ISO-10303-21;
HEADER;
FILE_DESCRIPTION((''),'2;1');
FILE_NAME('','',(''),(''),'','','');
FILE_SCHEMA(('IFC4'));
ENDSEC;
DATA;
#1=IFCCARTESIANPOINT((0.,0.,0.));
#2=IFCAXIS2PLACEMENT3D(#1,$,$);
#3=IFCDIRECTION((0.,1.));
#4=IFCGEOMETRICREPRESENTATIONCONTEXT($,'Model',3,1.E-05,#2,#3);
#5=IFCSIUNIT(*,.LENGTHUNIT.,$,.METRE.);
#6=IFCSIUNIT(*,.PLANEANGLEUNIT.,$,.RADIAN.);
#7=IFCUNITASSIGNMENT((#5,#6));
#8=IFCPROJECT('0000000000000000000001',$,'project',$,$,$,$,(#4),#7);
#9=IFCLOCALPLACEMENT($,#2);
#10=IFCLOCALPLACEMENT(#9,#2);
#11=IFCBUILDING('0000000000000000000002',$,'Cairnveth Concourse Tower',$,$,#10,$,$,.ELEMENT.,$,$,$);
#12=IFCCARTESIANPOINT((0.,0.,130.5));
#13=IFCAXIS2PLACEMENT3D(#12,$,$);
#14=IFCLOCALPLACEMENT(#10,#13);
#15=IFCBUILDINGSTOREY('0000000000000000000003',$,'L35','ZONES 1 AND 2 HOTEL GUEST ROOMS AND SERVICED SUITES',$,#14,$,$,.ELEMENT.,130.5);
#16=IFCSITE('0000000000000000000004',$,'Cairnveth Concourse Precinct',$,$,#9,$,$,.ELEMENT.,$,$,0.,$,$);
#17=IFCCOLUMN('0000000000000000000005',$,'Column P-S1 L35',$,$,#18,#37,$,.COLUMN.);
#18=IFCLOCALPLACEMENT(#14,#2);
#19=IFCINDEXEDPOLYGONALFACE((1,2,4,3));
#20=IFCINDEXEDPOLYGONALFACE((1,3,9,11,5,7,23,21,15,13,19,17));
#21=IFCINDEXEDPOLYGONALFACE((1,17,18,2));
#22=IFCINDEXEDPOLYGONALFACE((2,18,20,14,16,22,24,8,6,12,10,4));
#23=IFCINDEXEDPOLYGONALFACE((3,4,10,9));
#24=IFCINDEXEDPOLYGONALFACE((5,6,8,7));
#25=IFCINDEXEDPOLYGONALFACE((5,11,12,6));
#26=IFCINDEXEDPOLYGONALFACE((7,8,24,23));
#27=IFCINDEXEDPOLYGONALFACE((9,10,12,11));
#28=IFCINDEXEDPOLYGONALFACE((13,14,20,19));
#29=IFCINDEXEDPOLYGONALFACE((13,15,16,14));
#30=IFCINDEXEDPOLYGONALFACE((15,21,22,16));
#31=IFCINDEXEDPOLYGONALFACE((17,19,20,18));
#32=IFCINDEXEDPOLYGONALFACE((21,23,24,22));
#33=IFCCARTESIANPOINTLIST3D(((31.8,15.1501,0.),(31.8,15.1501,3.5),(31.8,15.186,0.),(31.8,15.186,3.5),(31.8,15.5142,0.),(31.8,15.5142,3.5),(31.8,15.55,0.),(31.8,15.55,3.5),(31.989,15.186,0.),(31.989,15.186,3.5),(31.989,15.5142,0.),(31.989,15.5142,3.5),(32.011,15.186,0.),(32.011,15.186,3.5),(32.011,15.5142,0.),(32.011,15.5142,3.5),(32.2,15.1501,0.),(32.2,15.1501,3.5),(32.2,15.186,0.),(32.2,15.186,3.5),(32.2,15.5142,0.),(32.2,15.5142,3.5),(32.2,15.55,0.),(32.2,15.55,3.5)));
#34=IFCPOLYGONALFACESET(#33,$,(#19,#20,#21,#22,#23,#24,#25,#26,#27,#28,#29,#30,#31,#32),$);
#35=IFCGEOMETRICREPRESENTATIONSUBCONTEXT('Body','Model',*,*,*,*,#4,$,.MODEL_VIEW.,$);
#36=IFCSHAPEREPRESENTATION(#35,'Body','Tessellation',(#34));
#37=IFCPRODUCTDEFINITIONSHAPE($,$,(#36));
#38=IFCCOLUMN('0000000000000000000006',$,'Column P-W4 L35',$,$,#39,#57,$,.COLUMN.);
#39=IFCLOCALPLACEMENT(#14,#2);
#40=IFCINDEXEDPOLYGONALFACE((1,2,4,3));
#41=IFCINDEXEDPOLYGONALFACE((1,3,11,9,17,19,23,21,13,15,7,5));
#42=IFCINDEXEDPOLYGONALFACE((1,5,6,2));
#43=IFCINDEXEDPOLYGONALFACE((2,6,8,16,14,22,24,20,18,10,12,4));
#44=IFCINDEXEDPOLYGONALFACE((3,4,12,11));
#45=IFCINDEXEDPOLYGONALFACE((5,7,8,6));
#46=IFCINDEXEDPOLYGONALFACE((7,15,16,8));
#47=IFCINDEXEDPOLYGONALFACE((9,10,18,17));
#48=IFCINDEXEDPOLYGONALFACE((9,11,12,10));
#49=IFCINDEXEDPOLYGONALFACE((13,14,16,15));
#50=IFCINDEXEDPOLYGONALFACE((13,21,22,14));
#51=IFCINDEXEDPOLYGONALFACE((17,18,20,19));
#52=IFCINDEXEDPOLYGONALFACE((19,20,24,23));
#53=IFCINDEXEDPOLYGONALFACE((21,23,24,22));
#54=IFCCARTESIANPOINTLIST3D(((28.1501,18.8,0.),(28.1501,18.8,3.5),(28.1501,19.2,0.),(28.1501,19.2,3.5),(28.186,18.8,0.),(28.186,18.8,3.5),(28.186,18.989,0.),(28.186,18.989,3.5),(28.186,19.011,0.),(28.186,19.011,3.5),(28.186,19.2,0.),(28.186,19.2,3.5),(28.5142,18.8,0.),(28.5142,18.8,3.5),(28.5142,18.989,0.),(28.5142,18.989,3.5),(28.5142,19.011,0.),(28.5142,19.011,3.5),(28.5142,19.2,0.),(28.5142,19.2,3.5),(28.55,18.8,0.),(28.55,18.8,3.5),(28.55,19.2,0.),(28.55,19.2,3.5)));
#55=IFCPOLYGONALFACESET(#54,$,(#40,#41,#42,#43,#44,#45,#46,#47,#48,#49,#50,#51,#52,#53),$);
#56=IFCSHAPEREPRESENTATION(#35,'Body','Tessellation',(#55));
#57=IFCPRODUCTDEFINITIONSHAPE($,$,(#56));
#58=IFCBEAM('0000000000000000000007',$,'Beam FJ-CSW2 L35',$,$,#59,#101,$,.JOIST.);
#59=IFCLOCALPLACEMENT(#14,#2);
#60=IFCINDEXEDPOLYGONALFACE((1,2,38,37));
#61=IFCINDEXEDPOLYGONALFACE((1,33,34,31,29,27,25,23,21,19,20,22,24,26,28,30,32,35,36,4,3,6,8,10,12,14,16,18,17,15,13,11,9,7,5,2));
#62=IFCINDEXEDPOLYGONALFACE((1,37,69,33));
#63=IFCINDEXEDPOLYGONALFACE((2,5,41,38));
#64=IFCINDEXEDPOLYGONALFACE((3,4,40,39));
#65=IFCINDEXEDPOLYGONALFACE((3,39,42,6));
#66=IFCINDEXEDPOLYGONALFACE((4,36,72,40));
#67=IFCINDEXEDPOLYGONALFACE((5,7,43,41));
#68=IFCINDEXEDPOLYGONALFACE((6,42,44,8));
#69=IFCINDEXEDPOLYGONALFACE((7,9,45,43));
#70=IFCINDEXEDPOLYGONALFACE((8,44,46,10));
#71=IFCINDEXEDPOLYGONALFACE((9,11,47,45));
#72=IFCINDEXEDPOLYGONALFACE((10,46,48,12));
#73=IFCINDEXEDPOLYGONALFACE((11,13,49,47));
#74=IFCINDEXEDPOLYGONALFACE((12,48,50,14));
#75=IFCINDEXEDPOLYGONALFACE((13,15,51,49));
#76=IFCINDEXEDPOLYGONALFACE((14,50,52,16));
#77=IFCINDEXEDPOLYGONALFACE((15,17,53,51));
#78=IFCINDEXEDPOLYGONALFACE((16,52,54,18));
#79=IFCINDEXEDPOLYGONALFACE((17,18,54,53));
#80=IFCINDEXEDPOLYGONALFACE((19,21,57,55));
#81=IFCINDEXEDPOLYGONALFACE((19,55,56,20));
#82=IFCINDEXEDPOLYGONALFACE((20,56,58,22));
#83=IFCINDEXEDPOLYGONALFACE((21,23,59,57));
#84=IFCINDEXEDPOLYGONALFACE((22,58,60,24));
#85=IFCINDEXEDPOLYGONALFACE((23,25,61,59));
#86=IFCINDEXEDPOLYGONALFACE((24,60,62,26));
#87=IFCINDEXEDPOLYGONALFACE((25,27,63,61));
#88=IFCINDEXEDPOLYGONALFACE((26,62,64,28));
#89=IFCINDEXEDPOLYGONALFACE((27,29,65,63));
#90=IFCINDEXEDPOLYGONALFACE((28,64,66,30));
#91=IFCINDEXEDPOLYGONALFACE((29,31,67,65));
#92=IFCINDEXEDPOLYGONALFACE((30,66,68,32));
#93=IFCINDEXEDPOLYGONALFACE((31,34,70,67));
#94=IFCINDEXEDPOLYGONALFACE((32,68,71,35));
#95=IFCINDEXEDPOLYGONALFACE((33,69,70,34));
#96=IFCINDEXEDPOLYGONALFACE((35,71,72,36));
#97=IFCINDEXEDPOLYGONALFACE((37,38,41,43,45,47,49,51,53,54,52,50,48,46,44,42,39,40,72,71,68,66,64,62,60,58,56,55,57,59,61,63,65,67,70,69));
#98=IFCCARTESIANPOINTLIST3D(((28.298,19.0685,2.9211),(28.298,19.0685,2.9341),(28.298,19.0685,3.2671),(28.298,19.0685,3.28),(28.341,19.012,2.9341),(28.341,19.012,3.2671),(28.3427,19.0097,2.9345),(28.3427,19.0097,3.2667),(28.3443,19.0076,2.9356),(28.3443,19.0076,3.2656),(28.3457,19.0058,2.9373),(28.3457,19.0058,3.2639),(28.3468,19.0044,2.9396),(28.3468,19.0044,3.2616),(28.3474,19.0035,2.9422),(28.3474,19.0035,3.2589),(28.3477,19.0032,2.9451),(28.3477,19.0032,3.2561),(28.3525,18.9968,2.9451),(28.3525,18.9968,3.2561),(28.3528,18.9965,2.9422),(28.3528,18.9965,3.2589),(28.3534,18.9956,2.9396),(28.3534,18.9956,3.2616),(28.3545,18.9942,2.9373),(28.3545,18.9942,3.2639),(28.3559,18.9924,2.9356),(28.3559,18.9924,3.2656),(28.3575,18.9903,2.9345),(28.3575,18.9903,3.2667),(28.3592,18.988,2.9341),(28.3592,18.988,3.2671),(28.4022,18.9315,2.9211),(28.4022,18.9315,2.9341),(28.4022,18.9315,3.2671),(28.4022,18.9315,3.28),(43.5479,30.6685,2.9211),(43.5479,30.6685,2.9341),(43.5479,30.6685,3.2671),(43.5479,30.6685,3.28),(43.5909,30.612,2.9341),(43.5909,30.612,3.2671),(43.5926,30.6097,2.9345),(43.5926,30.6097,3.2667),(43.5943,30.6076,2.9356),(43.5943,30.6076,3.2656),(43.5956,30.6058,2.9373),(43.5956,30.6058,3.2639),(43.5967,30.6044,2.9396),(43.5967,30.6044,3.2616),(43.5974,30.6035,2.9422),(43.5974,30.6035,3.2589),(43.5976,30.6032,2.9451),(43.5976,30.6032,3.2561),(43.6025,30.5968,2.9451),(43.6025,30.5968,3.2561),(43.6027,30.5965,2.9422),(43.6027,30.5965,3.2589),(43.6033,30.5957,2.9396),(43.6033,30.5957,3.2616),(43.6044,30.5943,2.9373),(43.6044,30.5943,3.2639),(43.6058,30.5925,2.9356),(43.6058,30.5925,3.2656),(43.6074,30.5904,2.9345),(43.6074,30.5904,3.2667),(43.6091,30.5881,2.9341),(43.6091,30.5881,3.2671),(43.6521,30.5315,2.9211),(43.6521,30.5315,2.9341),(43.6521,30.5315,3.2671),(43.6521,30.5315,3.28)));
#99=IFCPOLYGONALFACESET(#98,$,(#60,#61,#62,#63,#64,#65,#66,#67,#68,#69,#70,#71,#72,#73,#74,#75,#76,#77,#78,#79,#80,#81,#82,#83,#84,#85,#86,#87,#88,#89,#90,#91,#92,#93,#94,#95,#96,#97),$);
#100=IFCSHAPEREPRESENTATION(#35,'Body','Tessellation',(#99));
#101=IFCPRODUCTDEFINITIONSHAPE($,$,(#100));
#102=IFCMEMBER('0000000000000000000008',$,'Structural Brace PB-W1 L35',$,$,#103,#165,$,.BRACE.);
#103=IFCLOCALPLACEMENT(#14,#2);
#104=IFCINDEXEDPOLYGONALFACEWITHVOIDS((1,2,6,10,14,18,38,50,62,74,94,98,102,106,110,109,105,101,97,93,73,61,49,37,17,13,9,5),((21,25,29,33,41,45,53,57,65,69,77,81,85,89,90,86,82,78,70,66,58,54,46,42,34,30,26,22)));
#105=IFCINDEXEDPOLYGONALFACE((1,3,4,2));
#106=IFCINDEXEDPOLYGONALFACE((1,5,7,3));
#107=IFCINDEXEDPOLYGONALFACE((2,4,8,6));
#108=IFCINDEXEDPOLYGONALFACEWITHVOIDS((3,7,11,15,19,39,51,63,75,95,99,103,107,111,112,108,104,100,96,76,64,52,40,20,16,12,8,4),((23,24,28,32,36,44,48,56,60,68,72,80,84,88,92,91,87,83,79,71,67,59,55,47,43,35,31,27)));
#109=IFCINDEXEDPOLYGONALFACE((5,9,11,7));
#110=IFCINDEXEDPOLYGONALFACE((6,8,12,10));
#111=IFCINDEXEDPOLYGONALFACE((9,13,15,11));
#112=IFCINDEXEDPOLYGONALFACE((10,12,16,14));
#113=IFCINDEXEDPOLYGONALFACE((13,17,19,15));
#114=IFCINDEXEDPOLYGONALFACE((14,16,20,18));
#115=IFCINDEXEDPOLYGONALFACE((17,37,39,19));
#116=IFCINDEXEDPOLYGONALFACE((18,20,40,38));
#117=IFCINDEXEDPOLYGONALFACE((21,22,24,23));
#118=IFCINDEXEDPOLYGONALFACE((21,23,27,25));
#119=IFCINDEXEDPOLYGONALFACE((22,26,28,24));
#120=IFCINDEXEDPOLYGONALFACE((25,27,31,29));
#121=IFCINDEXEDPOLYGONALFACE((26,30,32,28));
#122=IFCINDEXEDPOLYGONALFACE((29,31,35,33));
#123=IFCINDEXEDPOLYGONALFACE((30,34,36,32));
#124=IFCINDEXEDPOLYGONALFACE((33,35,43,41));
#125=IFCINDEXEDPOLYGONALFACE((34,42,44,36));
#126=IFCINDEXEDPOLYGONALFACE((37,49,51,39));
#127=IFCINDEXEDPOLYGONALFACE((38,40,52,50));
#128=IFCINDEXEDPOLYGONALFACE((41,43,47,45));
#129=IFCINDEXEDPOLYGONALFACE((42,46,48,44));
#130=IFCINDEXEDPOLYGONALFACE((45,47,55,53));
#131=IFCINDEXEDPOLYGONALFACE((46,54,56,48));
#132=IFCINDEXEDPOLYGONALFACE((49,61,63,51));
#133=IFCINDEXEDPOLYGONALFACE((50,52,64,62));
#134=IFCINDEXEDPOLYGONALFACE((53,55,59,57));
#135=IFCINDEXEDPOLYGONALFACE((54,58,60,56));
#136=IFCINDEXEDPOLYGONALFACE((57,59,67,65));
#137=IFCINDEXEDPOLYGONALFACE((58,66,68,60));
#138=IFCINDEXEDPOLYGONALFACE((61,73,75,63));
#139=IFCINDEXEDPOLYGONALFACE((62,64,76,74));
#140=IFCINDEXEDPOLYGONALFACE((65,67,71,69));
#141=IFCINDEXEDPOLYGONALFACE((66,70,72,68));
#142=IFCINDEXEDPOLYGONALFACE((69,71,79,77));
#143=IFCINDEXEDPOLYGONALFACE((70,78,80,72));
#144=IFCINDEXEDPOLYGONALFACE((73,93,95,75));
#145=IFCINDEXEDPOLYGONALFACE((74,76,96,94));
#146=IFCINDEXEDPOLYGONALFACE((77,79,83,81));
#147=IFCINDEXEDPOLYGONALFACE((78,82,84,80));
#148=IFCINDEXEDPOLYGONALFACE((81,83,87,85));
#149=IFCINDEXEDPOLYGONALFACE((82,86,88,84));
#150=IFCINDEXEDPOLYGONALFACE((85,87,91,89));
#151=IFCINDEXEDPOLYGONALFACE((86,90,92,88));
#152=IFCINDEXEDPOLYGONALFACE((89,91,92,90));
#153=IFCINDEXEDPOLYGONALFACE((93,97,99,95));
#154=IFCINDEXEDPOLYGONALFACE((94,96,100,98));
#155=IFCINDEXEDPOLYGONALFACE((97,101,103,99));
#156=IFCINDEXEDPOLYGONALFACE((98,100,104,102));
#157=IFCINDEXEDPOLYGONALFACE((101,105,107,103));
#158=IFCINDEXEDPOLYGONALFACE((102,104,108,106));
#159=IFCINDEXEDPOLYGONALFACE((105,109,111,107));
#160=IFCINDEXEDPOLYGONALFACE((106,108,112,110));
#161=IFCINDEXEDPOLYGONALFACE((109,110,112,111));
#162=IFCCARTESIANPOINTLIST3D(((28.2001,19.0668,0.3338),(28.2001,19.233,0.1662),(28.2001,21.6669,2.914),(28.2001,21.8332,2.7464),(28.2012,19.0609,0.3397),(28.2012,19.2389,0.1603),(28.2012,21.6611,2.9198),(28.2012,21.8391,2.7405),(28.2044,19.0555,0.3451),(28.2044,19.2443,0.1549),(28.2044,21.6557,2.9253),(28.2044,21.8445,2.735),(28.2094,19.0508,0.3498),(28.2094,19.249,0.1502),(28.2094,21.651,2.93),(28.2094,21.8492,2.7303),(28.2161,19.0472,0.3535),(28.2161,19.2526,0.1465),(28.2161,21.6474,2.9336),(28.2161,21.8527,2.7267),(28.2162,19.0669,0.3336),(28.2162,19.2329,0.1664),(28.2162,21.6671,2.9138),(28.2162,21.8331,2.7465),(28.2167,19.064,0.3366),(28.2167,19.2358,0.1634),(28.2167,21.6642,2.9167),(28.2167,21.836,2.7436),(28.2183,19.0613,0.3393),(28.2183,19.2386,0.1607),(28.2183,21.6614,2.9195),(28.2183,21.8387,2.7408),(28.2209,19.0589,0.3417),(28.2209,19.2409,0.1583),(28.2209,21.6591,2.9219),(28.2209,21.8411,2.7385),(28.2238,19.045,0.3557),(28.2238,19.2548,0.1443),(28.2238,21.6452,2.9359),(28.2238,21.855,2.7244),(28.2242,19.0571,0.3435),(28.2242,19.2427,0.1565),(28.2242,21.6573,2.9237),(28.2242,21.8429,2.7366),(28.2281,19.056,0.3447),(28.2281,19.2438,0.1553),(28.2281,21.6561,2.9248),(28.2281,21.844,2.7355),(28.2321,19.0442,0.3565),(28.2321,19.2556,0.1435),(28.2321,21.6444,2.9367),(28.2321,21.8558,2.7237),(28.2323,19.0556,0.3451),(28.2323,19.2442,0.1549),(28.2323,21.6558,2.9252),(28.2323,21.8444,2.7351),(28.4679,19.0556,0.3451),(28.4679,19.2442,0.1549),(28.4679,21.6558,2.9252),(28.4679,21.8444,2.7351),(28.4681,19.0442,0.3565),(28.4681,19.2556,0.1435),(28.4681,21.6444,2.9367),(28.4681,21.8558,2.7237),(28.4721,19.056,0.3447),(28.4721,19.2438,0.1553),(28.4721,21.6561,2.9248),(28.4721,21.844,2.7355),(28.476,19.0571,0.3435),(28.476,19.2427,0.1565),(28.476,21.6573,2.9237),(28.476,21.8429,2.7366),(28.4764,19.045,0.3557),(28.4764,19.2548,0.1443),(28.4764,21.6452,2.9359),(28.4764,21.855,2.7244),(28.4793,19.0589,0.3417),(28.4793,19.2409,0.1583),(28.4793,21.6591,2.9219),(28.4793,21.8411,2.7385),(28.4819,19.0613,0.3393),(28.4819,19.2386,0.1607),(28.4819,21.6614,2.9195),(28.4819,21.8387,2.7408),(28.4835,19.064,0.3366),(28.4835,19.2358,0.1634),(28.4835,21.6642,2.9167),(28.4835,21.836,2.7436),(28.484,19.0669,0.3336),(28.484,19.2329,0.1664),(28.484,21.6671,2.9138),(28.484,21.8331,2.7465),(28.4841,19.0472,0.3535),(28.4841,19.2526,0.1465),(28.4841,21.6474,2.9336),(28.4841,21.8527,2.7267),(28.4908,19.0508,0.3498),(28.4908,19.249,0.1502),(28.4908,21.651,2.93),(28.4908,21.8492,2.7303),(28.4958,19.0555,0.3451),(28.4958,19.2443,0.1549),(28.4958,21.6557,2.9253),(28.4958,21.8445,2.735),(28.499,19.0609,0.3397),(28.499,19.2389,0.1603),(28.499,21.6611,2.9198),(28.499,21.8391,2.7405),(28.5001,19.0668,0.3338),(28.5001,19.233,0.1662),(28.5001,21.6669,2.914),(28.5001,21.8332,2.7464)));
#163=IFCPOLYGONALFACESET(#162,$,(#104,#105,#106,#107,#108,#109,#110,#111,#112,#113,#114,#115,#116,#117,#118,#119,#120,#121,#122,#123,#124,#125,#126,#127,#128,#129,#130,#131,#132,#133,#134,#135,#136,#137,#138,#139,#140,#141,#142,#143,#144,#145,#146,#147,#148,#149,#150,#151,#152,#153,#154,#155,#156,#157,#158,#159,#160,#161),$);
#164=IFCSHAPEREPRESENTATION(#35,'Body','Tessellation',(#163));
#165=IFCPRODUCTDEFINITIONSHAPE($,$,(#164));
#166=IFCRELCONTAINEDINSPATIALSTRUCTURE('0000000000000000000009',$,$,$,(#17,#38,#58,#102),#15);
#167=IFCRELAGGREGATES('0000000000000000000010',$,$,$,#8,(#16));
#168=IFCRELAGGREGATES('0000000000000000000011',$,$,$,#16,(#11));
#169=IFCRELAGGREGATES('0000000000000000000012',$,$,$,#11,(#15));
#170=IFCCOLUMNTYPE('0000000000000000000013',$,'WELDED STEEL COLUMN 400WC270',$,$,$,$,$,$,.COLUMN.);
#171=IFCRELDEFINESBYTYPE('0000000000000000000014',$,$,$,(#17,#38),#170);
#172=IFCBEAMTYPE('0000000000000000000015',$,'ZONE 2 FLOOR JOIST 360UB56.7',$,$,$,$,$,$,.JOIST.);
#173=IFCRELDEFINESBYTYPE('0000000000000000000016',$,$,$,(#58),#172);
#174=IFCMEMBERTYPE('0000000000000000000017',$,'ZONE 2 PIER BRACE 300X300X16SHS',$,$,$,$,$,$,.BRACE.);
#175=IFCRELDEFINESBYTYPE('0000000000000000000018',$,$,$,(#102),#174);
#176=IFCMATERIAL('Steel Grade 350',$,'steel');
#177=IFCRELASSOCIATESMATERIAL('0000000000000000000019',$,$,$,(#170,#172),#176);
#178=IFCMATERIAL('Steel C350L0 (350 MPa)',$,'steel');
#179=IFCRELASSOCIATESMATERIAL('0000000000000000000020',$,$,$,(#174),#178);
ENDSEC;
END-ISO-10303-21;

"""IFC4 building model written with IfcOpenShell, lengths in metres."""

from ifc_helpers import new_model, si_unit, direction, frame, origin, origin_2d, place, context, subcontext, project, spatial, hollow_rectangle, i_section, extrude, material, material_profile, profile_set, type_object, element, save


model = new_model("IFC4")

# Units and contexts
model_context = context("Model", 3, precision=1e-05, world=origin(), true_north=direction((0.0, 1.0)))
body_context = subcontext(model_context, "Body", "Model", "MODEL_VIEW")
ifc_project = project(units=[si_unit("LENGTHUNIT", "METRE"), si_unit("PLANEANGLEUNIT", "RADIAN")], contexts=[model_context])

# Site, building, storey
site_placement = place(None, origin())
site = spatial("IfcSite", under=ifc_project, at=site_placement, Name="Cairnveth Concourse Precinct", CompositionType="ELEMENT", RefElevation=0.0)
building_placement = place(site_placement, origin())
building = spatial("IfcBuilding", under=site, at=building_placement, Name="Cairnveth Concourse Tower", CompositionType="ELEMENT")
storey_placement = place(building_placement, frame((0.0, 0.0, 130.5)))
storey = spatial("IfcBuildingStorey", under=building, at=storey_placement, Name="L35", Description="ZONES 1 AND 2 HOTEL GUEST ROOMS AND SERVICED SUITES", CompositionType="ELEMENT", Elevation=130.5)

# Columns
ifc_material_1 = material(Name="Steel Grade 350", Category="steel")
ifc_material_profile_1 = material_profile(ifc_material_1, i_section(OverallWidth=0.3999, OverallDepth=0.3999, WebThickness=0.022, FlangeThickness=0.0359, at=origin_2d()), Name="400WC270")
ifc_profile_set_1 = profile_set([ifc_material_profile_1], Name="Steel Grade 350")
column_type = type_object("IfcColumnType", Name="WELDED STEEL COLUMN 400WC270", PredefinedType="COLUMN", material=ifc_profile_set_1)
for number, where, z_axis, x_axis, name in (
    (1, (32.0, 15.3501, 0.0), (0.0, 0.0, 1.0), (1.0, 0.0, 0.0), "Column P-S1 L35"),
    (2, (28.3501, 19.0, 0.0), (0.0, 0.0, 1.0), (0.0, 1.0, 0.0), "Column P-W4 L35"),
):
    element("IfcColumn", number, at=place(storey_placement, frame(where, z_axis=z_axis, x_axis=x_axis)), inside=storey, type_object=column_type, Name=name, PredefinedType="COLUMN", context=body_context, shape_type="SweptSolid", body=[
        extrude(i_section(OverallWidth=0.3999, OverallDepth=0.3999, WebThickness=0.022, FlangeThickness=0.0359, at=origin_2d()), origin(), (0.0, 0.0, 1.0), 3.5),
    ])

# Beam
ifc_material_profile_2 = material_profile(ifc_material_1, i_section(OverallWidth=0.1721, OverallDepth=0.3589, WebThickness=0.0081, FlangeThickness=0.0129, FilletRadius=0.011, at=origin_2d()), Name="360UB56.7")
ifc_profile_set_2 = profile_set([ifc_material_profile_2], Name="Steel Grade 350")
beam_type_1 = type_object("IfcBeamType", Name="ZONE 2 FLOOR JOIST 360UB56.7", PredefinedType="JOIST", material=ifc_profile_set_2)
beam_1_placement = place(storey_placement, frame((28.3501, 19.0, 3.1006), z_axis=(0.795908, 0.605417, 0.0), x_axis=(-0.605417, 0.795908, 0.0)))
element("IfcBeam", 3, at=beam_1_placement, inside=storey, type_object=beam_type_1, Name="Beam FJ-CSW2 L35", PredefinedType="JOIST", context=body_context, shape_type="SweptSolid", body=[
    extrude(i_section(OverallWidth=0.1721, OverallDepth=0.3589, WebThickness=0.0081, FlangeThickness=0.0129, FilletRadius=0.011, at=origin_2d()), origin(), (0.0, 0.0, 1.0), 19.1604),
])

# Member
ifc_material_2 = material(Name="Steel C350L0 (350 MPa)", Category="steel")
ifc_material_profile_3 = material_profile(ifc_material_2, hollow_rectangle(XDim=0.3, YDim=0.3, WallThickness=0.0161, InnerFilletRadius=0.0161, OuterFilletRadius=0.032, at=origin_2d()), Name="300x300x16.0SHS")
ifc_profile_set_3 = profile_set([ifc_material_profile_3], Name="Steel C350L0 (350 MPa)")
member_type = type_object("IfcMemberType", Name="ZONE 2 PIER BRACE 300X300X16SHS", PredefinedType="BRACE", material=ifc_profile_set_3)
member_placement = place(storey_placement, frame((28.3501, 19.1499, 0.25), z_axis=(0.0, 0.709834, 0.704369), x_axis=(-1.0, 0.0, 0.0)))
element("IfcMember", 4, at=member_placement, inside=storey, type_object=member_type, Name="Structural Brace PB-W1 L35", PredefinedType="BRACE", context=body_context, shape_type="SweptSolid", body=[
    extrude(hollow_rectangle(XDim=0.3, YDim=0.3, WallThickness=0.0161, InnerFilletRadius=0.0161, OuterFilletRadius=0.032, at=origin_2d()), origin(), (0.0, 0.0, 1.0), 3.6631),
])

save(model, "model.ifc")
